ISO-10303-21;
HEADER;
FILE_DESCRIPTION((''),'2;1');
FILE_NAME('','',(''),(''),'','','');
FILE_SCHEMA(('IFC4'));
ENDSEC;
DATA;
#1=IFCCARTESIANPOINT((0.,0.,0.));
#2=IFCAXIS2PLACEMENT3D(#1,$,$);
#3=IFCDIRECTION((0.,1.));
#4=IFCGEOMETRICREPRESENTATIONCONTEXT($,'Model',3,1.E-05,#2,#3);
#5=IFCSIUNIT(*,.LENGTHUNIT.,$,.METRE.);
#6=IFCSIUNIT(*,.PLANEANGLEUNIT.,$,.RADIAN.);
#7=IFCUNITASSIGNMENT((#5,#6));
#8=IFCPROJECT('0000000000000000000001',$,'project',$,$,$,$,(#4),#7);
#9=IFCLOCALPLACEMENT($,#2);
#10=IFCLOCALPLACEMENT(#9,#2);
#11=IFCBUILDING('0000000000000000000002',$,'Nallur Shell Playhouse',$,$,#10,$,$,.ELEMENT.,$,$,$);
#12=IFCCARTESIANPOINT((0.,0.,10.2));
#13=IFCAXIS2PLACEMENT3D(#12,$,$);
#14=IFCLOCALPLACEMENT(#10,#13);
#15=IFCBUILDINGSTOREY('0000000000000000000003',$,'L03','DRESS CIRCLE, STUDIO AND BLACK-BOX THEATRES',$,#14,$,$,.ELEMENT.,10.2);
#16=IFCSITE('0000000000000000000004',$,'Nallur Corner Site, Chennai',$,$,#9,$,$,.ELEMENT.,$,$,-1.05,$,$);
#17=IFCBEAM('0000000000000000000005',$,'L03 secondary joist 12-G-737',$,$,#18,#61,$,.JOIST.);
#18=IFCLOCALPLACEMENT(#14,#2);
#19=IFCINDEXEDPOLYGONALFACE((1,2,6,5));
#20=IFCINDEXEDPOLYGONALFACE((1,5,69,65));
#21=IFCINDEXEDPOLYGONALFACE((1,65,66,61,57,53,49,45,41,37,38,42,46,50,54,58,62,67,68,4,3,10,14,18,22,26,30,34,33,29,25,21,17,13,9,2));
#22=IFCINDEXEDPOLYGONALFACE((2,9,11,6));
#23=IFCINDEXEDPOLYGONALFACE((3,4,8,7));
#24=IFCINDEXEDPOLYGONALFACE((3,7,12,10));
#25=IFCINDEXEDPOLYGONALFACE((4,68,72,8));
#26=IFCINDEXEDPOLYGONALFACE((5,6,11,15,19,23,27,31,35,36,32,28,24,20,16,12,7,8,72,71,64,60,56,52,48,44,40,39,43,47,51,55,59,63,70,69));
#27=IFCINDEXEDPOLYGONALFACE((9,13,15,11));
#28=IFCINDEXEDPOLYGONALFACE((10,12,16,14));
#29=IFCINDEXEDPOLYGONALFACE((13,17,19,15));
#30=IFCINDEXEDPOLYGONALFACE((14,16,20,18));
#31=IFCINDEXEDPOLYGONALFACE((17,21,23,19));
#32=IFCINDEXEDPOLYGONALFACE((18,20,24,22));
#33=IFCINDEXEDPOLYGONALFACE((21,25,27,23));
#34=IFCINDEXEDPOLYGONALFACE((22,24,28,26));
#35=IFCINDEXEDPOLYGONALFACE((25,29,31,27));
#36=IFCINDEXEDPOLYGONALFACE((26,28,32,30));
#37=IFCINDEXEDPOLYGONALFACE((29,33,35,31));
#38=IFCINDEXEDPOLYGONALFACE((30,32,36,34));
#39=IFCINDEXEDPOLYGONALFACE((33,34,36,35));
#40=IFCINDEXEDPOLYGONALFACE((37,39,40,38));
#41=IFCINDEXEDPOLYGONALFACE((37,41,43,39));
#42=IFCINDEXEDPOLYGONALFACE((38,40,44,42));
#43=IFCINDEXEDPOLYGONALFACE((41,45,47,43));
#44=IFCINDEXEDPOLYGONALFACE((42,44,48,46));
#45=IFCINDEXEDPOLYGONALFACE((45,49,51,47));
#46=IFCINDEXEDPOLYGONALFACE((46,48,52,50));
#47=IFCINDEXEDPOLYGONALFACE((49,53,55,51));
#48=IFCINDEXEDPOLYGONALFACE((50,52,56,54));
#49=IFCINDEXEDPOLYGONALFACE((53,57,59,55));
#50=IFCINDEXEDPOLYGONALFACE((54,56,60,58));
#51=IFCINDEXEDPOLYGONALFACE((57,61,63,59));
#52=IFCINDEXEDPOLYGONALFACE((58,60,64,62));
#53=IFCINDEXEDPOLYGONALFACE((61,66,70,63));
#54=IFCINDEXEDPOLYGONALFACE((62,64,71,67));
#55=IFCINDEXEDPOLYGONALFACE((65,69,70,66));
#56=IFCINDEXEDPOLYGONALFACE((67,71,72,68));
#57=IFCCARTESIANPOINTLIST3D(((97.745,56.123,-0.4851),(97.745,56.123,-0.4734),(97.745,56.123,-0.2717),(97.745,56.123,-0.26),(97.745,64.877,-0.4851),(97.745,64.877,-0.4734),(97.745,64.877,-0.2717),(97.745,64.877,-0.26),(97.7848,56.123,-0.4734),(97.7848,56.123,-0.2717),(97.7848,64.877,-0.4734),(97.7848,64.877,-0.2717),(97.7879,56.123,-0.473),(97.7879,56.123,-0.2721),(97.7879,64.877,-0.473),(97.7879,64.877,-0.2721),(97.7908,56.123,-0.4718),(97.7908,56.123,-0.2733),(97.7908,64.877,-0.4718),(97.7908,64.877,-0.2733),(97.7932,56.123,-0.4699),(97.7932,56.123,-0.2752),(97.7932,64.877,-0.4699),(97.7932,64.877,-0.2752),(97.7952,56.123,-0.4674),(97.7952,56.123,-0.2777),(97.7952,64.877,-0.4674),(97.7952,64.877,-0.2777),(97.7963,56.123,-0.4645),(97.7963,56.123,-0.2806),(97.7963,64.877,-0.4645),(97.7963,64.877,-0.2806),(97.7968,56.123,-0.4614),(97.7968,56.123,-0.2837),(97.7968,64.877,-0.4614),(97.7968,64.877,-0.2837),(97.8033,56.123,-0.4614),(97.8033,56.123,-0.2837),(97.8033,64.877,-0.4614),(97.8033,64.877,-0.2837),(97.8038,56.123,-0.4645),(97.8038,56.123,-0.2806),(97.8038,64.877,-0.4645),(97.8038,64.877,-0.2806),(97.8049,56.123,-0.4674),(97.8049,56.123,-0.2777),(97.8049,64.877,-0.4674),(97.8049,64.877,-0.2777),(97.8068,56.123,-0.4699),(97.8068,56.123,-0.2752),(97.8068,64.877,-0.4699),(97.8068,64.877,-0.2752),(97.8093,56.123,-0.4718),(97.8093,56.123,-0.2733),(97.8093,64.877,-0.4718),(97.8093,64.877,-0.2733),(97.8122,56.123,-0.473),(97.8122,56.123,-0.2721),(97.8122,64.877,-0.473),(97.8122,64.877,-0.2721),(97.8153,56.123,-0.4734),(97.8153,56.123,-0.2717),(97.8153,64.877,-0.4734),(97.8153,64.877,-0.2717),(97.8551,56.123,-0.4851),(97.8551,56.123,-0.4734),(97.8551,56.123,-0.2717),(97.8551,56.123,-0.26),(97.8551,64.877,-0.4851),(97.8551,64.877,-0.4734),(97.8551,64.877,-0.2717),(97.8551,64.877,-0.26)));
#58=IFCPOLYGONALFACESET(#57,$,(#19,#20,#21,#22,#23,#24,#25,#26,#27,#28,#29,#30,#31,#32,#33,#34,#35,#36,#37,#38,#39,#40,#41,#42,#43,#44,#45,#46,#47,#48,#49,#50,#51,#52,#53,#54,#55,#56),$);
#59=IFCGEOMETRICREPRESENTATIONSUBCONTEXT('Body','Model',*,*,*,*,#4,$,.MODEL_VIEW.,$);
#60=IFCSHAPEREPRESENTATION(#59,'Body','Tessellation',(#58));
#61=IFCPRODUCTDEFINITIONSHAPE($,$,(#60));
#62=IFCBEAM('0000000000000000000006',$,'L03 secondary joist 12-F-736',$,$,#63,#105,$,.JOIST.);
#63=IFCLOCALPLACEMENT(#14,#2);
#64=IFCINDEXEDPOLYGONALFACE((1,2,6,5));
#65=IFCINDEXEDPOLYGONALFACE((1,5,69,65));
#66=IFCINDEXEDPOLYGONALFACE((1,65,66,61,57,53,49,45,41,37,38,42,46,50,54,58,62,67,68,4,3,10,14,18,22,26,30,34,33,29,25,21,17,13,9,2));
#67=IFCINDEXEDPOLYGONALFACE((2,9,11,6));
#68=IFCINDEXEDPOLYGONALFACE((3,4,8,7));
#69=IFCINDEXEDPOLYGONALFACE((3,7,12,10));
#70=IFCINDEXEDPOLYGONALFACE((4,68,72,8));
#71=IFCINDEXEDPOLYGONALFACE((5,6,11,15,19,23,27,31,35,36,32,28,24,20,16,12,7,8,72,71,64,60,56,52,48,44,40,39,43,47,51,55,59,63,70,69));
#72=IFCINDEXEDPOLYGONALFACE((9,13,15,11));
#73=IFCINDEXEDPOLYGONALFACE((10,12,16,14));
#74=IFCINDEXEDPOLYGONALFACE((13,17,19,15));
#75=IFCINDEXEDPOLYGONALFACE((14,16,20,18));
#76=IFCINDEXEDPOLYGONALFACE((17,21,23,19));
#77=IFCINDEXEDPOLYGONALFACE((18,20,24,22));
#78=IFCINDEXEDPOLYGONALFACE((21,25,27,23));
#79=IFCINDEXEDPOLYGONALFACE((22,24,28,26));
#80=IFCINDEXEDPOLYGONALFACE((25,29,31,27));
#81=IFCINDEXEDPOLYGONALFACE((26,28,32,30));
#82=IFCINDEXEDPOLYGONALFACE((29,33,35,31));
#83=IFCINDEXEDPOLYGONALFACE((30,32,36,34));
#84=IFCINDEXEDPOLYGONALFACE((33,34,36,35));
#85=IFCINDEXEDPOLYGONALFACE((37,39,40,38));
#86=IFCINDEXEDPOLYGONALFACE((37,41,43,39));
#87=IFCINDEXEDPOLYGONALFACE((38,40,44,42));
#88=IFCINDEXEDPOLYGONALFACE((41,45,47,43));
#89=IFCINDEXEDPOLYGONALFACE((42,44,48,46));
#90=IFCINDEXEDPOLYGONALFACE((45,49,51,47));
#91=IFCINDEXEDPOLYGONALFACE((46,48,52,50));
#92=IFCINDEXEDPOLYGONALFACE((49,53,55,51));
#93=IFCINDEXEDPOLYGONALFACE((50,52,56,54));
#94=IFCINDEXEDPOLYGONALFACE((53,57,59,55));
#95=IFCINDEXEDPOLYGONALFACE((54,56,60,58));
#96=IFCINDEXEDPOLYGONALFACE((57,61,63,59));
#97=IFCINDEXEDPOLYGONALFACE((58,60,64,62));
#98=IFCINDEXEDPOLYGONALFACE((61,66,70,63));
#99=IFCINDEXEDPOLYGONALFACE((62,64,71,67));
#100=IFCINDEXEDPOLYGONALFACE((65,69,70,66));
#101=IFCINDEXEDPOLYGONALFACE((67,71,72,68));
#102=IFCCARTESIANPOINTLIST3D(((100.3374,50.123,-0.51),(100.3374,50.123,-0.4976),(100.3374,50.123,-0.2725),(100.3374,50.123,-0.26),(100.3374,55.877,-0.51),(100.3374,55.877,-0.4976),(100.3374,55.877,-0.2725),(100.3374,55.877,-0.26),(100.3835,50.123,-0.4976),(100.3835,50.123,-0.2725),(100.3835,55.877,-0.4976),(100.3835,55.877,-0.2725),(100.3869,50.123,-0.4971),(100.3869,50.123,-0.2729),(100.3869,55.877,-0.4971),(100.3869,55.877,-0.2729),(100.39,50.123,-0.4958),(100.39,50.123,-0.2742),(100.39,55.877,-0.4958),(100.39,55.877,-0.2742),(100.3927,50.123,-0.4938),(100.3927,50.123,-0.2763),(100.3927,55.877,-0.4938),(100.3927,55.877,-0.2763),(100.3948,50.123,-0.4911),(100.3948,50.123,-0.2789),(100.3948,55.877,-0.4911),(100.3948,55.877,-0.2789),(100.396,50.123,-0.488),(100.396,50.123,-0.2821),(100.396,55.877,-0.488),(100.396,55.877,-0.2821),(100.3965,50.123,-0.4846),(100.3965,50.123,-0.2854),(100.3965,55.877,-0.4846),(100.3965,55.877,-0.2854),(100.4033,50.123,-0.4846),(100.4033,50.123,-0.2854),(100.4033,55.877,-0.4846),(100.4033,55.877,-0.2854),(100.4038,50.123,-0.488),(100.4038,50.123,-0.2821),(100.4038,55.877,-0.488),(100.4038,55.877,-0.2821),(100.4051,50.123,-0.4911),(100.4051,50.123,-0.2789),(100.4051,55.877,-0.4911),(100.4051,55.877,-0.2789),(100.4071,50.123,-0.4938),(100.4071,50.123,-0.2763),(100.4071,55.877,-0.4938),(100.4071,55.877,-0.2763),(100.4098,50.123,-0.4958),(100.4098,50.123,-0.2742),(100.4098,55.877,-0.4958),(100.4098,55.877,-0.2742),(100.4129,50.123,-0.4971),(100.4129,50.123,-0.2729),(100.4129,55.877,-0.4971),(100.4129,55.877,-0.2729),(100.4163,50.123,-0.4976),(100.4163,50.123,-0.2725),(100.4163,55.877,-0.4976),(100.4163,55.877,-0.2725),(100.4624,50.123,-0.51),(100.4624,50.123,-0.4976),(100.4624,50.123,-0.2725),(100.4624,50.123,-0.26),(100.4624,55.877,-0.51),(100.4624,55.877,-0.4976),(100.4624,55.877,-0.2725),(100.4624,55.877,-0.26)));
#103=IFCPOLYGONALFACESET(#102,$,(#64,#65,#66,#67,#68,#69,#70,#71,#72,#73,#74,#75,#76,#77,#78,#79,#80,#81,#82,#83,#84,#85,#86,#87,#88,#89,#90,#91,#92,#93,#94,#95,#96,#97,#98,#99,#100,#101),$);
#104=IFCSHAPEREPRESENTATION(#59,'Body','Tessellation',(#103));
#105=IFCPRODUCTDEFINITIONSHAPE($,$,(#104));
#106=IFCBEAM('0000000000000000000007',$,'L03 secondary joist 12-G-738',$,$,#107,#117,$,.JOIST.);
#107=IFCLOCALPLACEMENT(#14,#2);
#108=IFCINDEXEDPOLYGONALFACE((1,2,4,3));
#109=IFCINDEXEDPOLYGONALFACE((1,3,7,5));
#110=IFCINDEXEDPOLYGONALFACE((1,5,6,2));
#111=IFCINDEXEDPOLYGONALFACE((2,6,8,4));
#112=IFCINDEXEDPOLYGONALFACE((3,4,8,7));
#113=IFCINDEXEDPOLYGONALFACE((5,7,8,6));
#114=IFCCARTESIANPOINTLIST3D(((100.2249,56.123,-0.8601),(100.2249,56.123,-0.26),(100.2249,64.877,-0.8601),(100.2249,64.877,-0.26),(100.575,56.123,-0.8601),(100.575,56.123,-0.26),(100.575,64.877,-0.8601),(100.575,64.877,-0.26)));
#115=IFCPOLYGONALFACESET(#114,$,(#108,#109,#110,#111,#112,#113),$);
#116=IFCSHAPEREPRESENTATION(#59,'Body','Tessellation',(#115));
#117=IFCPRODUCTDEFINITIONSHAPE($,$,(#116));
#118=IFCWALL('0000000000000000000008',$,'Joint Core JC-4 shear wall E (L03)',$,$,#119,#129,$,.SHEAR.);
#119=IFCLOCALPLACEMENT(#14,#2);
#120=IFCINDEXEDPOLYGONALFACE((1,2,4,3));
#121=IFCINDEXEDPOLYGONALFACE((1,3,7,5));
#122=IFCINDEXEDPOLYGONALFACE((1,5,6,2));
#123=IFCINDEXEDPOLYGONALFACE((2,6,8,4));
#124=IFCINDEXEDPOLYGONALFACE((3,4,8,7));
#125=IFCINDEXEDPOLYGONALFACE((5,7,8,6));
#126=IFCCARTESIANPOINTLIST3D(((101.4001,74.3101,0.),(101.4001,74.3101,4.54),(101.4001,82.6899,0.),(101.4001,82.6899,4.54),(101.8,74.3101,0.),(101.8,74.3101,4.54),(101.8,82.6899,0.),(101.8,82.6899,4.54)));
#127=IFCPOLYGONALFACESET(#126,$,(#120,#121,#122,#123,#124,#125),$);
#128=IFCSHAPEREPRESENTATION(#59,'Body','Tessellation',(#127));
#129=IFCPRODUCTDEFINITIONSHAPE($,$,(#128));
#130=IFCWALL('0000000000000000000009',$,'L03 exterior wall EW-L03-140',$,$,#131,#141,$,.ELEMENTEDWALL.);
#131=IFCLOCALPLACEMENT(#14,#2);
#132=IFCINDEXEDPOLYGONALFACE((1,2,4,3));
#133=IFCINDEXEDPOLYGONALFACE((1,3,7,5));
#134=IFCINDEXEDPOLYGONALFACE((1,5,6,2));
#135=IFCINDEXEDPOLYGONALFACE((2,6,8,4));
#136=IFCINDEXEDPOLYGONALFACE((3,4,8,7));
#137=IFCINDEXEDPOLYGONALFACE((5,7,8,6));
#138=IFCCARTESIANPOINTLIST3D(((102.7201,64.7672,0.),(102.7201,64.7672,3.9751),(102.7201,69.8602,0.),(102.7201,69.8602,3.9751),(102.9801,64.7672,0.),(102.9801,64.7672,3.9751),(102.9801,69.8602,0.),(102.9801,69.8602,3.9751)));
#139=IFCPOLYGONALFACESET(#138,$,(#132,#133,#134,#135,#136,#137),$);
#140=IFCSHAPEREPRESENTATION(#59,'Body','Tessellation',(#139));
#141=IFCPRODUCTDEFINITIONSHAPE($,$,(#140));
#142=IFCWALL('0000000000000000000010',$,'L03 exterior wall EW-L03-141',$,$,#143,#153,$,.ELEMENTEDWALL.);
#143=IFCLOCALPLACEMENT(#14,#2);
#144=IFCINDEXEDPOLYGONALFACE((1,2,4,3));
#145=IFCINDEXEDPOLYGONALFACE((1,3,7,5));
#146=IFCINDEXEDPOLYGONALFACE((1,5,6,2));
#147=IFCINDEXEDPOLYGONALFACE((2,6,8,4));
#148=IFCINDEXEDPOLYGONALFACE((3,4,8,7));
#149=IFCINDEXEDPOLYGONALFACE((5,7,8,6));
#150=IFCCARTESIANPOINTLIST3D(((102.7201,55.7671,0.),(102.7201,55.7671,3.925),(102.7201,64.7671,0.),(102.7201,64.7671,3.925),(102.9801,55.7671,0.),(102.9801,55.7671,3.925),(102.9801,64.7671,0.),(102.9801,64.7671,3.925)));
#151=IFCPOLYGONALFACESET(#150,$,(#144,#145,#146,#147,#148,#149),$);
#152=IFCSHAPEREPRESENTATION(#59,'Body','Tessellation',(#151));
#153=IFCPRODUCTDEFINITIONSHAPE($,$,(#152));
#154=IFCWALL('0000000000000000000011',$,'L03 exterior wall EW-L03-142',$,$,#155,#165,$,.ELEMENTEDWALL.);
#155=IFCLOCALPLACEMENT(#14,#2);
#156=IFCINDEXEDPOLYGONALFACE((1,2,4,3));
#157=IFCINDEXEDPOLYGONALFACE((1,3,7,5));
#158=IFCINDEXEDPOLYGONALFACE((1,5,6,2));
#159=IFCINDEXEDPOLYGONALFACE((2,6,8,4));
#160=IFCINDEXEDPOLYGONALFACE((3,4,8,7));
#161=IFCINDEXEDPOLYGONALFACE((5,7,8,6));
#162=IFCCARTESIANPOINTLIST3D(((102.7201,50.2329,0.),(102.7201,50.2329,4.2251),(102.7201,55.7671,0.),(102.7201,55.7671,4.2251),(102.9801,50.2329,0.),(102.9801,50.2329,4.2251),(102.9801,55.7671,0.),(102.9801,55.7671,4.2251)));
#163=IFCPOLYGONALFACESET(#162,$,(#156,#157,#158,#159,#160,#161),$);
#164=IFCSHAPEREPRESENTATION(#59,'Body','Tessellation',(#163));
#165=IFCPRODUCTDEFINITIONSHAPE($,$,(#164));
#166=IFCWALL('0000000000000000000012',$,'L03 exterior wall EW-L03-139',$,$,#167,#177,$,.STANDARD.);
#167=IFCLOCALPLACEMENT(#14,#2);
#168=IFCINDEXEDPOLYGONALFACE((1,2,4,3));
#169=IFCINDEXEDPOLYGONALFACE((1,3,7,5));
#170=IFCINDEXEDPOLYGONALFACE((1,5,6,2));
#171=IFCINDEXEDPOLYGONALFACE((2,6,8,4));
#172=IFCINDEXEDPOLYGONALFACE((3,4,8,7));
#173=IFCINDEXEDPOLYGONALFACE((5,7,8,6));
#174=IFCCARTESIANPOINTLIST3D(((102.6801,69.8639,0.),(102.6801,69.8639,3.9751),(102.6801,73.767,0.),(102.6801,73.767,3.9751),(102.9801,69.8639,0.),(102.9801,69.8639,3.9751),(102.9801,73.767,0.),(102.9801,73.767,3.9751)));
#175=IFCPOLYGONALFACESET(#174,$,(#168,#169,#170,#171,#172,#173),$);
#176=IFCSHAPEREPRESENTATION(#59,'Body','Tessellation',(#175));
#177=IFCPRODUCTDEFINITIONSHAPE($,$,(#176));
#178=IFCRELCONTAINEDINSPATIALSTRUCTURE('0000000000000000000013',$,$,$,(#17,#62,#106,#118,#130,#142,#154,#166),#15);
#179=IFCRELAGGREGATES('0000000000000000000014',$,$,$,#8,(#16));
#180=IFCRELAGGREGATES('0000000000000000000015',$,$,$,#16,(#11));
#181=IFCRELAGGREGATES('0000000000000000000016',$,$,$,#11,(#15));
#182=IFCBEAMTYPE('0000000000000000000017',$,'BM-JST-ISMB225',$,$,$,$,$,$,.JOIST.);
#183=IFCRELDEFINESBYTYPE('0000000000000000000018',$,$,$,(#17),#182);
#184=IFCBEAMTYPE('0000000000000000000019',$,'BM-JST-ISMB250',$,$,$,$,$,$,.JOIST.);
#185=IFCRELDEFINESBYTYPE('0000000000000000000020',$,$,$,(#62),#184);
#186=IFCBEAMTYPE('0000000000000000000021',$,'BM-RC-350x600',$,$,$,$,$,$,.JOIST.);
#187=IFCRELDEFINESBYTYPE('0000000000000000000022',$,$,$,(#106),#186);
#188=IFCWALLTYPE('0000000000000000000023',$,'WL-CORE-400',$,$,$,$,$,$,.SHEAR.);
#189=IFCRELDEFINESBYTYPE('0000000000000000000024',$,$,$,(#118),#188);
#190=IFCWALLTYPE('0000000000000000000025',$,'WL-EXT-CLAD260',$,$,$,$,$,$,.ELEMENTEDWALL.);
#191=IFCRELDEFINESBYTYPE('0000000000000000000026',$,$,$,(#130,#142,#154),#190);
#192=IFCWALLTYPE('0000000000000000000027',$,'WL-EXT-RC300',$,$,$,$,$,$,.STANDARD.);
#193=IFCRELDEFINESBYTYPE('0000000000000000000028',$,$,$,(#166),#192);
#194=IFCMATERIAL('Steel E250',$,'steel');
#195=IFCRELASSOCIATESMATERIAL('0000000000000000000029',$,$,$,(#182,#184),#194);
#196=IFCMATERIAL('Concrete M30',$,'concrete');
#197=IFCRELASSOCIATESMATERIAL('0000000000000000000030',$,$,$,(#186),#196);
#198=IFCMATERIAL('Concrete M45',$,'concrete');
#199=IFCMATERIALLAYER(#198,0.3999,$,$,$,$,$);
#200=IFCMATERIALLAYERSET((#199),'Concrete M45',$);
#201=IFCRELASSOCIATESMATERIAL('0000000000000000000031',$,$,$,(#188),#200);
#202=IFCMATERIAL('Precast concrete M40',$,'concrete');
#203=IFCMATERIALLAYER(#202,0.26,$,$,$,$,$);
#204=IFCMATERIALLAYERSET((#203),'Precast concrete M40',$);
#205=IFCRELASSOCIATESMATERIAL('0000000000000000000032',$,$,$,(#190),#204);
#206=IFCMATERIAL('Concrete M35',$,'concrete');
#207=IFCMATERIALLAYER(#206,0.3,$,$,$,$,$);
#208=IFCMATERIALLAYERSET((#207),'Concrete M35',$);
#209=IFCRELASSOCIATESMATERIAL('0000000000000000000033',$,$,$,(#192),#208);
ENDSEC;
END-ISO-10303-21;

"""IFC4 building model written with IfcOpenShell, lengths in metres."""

from ifc_helpers import new_model, si_unit, direction, frame, frame_2d, origin, origin_2d, place, context, subcontext, project, spatial, rectangle, i_section, extrude, material, layer, layer_set, material_profile, profile_set, type_object, element, save


model = new_model("IFC4")

# Units and contexts
model_context = context("Model", 3, precision=1e-05, world=origin(), true_north=direction((0.0, 1.0)))
body_context = subcontext(model_context, "Body", "Model", "MODEL_VIEW")
ifc_project = project(units=[si_unit("LENGTHUNIT", "METRE"), si_unit("PLANEANGLEUNIT", "RADIAN")], contexts=[model_context])

# Site, building, storey
site_placement = place(None, origin())
site = spatial("IfcSite", under=ifc_project, at=site_placement, Name="Nallur Corner Site, Chennai", CompositionType="ELEMENT", RefElevation=-1.05)
building_placement = place(site_placement, origin())
building = spatial("IfcBuilding", under=site, at=building_placement, Name="Nallur Shell Playhouse", CompositionType="ELEMENT")
storey_placement = place(building_placement, frame((0.0, 0.0, 10.2)))
storey = spatial("IfcBuildingStorey", under=building, at=storey_placement, Name="L03", Description="DRESS CIRCLE, STUDIO AND BLACK-BOX THEATRES", CompositionType="ELEMENT", Elevation=10.2)

# Beams
ifc_material_1 = material(Name="Steel E250", Category="steel")
ifc_material_profile_1 = material_profile(ifc_material_1, i_section(OverallWidth=0.1101, OverallDepth=0.2251, WebThickness=0.0066, FlangeThickness=0.0117, FilletRadius=0.012, at=origin_2d()), Name="ISMB 225")
ifc_profile_set_1 = profile_set([ifc_material_profile_1], Name="Steel E250")
beam_type_1 = type_object("IfcBeamType", Name="BM-JST-ISMB225", PredefinedType="JOIST", material=ifc_profile_set_1)
beam_1_placement = place(storey_placement, frame((97.8, 56.123, -0.3726), z_axis=(0.0, 1.0, 0.0), x_axis=(-1.0, 0.0, 0.0)))
element("IfcBeam", 1, at=beam_1_placement, inside=storey, type_object=beam_type_1, Name="L03 secondary joist 12-G-737", PredefinedType="JOIST", context=body_context, shape_type="SweptSolid", body=[
    extrude(i_section(OverallWidth=0.1101, OverallDepth=0.2251, WebThickness=0.0066, FlangeThickness=0.0117, FilletRadius=0.012, at=origin_2d()), origin(), (0.0, 0.0, 1.0), 8.7539),
])
ifc_material_profile_2 = material_profile(ifc_material_1, i_section(OverallWidth=0.125, OverallDepth=0.25, WebThickness=0.0068, FlangeThickness=0.0125, FilletRadius=0.0129, at=origin_2d()), Name="ISMB 250")
ifc_profile_set_2 = profile_set([ifc_material_profile_2], Name="Steel E250")
beam_type_2 = type_object("IfcBeamType", Name="BM-JST-ISMB250", PredefinedType="JOIST", material=ifc_profile_set_2)
beam_2_placement = place(storey_placement, frame((100.3999, 50.123, -0.385), z_axis=(0.0, 1.0, 0.0), x_axis=(-1.0, 0.0, 0.0)))
element("IfcBeam", 2, at=beam_2_placement, inside=storey, type_object=beam_type_2, Name="L03 secondary joist 12-F-736", PredefinedType="JOIST", context=body_context, shape_type="SweptSolid", body=[
    extrude(i_section(OverallWidth=0.125, OverallDepth=0.25, WebThickness=0.0068, FlangeThickness=0.0125, FilletRadius=0.0129, at=origin_2d()), origin(), (0.0, 0.0, 1.0), 5.7539),
])
ifc_material_2 = material(Name="Concrete M30", Category="concrete")
ifc_material_profile_3 = material_profile(ifc_material_2, rectangle(XDim=0.3501, YDim=0.6001, at=origin_2d()), Name="RC 350x600")
ifc_profile_set_3 = profile_set([ifc_material_profile_3], Name="Concrete M30")
beam_type_3 = type_object("IfcBeamType", Name="BM-RC-350x600", PredefinedType="JOIST", material=ifc_profile_set_3)
beam_3_placement = place(storey_placement, frame((100.3999, 56.123, -0.5601), z_axis=(0.0, 1.0, 0.0), x_axis=(-1.0, 0.0, 0.0)))
element("IfcBeam", 3, at=beam_3_placement, inside=storey, type_object=beam_type_3, Name="L03 secondary joist 12-G-738", PredefinedType="JOIST", context=body_context, shape_type="SweptSolid", body=[
    extrude(rectangle(XDim=0.3501, YDim=0.6001, at=origin_2d()), origin(), (0.0, 0.0, 1.0), 8.7539),
])

# Shared definitions
ifc_material_3 = material(Name="Concrete M45", Category="concrete")
ifc_layer_1 = layer(ifc_material_3, 0.3999)
ifc_layer_set_1 = layer_set([ifc_layer_1], Name="Concrete M45")
wall_type_1 = type_object("IfcWallType", Name="WL-CORE-400", PredefinedType="SHEAR", material=ifc_layer_set_1)

# Walls
wall_1_placement = place(storey_placement, frame((101.6001, 74.3101, 0.0), z_axis=(0.0, 0.0, 1.0), x_axis=(0.0, 1.0, 0.0)))
element("IfcWall", 4, at=wall_1_placement, inside=storey, type_object=wall_type_1, Name="Joint Core JC-4 shear wall E (L03)", PredefinedType="SHEAR", context=body_context, shape_type="SweptSolid", body=[
    extrude(rectangle(XDim=8.3799, YDim=0.3999, at=frame_2d((4.1899, 0.0))), origin(), (0.0, 0.0, 1.0), 4.54),
])
ifc_material_4 = material(Name="Precast concrete M40", Category="concrete")
ifc_layer_2 = layer(ifc_material_4, 0.26)
ifc_layer_set_2 = layer_set([ifc_layer_2], Name="Precast concrete M40")
wall_type_2 = type_object("IfcWallType", Name="WL-EXT-CLAD260", PredefinedType="ELEMENTEDWALL", material=ifc_layer_set_2)
wall_2_placement = place(storey_placement, frame((102.8501, 69.8601, 0.0), z_axis=(0.0, 0.0, 1.0), x_axis=(0.0, -1.0, 0.0)))
element("IfcWall", 5, at=wall_2_placement, inside=storey, type_object=wall_type_2, Name="L03 exterior wall EW-L03-140", PredefinedType="ELEMENTEDWALL", context=body_context, shape_type="SweptSolid", body=[
    extrude(rectangle(XDim=5.093, YDim=0.26, at=frame_2d((2.5464, 0.0))), origin(), (0.0, 0.0, 1.0), 3.9751),
])
wall_3_placement = place(storey_placement, frame((102.8501, 64.7671, 0.0), z_axis=(0.0, 0.0, 1.0), x_axis=(0.0, -1.0, 0.0)))
element("IfcWall", 6, at=wall_3_placement, inside=storey, type_object=wall_type_2, Name="L03 exterior wall EW-L03-141", PredefinedType="ELEMENTEDWALL", context=body_context, shape_type="SweptSolid", body=[
    extrude(rectangle(XDim=9.0, YDim=0.26, at=frame_2d((4.5, 0.0))), origin(), (0.0, 0.0, 1.0), 3.925),
])
wall_4_placement = place(storey_placement, frame((102.8501, 55.7671, 0.0), z_axis=(0.0, 0.0, 1.0), x_axis=(0.0, -1.0, 0.0)))
element("IfcWall", 7, at=wall_4_placement, inside=storey, type_object=wall_type_2, Name="L03 exterior wall EW-L03-142", PredefinedType="ELEMENTEDWALL", context=body_context, shape_type="SweptSolid", body=[
    extrude(rectangle(XDim=5.5342, YDim=0.26, at=frame_2d((2.7671, 0.0))), origin(), (0.0, 0.0, 1.0), 4.2251),
])
ifc_material_5 = material(Name="Concrete M35", Category="concrete")
ifc_layer_3 = layer(ifc_material_5, 0.3)
ifc_layer_set_3 = layer_set([ifc_layer_3], Name="Concrete M35")
wall_type_3 = type_object("IfcWallType", Name="WL-EXT-RC300", PredefinedType="STANDARD", material=ifc_layer_set_3)
wall_5_placement = place(storey_placement, frame((102.8301, 73.7671, 0.0), z_axis=(0.0, 0.0, 1.0), x_axis=(0.0, -1.0, 0.0)))
element("IfcWall", 8, at=wall_5_placement, inside=storey, type_object=wall_type_3, Name="L03 exterior wall EW-L03-139", PredefinedType="STANDARD", context=body_context, shape_type="SweptSolid", body=[
    extrude(rectangle(XDim=3.9031, YDim=0.3, at=frame_2d((1.9517, 0.0))), origin(), (0.0, 0.0, 1.0), 3.9751),
])

save(model, "model.ifc")
